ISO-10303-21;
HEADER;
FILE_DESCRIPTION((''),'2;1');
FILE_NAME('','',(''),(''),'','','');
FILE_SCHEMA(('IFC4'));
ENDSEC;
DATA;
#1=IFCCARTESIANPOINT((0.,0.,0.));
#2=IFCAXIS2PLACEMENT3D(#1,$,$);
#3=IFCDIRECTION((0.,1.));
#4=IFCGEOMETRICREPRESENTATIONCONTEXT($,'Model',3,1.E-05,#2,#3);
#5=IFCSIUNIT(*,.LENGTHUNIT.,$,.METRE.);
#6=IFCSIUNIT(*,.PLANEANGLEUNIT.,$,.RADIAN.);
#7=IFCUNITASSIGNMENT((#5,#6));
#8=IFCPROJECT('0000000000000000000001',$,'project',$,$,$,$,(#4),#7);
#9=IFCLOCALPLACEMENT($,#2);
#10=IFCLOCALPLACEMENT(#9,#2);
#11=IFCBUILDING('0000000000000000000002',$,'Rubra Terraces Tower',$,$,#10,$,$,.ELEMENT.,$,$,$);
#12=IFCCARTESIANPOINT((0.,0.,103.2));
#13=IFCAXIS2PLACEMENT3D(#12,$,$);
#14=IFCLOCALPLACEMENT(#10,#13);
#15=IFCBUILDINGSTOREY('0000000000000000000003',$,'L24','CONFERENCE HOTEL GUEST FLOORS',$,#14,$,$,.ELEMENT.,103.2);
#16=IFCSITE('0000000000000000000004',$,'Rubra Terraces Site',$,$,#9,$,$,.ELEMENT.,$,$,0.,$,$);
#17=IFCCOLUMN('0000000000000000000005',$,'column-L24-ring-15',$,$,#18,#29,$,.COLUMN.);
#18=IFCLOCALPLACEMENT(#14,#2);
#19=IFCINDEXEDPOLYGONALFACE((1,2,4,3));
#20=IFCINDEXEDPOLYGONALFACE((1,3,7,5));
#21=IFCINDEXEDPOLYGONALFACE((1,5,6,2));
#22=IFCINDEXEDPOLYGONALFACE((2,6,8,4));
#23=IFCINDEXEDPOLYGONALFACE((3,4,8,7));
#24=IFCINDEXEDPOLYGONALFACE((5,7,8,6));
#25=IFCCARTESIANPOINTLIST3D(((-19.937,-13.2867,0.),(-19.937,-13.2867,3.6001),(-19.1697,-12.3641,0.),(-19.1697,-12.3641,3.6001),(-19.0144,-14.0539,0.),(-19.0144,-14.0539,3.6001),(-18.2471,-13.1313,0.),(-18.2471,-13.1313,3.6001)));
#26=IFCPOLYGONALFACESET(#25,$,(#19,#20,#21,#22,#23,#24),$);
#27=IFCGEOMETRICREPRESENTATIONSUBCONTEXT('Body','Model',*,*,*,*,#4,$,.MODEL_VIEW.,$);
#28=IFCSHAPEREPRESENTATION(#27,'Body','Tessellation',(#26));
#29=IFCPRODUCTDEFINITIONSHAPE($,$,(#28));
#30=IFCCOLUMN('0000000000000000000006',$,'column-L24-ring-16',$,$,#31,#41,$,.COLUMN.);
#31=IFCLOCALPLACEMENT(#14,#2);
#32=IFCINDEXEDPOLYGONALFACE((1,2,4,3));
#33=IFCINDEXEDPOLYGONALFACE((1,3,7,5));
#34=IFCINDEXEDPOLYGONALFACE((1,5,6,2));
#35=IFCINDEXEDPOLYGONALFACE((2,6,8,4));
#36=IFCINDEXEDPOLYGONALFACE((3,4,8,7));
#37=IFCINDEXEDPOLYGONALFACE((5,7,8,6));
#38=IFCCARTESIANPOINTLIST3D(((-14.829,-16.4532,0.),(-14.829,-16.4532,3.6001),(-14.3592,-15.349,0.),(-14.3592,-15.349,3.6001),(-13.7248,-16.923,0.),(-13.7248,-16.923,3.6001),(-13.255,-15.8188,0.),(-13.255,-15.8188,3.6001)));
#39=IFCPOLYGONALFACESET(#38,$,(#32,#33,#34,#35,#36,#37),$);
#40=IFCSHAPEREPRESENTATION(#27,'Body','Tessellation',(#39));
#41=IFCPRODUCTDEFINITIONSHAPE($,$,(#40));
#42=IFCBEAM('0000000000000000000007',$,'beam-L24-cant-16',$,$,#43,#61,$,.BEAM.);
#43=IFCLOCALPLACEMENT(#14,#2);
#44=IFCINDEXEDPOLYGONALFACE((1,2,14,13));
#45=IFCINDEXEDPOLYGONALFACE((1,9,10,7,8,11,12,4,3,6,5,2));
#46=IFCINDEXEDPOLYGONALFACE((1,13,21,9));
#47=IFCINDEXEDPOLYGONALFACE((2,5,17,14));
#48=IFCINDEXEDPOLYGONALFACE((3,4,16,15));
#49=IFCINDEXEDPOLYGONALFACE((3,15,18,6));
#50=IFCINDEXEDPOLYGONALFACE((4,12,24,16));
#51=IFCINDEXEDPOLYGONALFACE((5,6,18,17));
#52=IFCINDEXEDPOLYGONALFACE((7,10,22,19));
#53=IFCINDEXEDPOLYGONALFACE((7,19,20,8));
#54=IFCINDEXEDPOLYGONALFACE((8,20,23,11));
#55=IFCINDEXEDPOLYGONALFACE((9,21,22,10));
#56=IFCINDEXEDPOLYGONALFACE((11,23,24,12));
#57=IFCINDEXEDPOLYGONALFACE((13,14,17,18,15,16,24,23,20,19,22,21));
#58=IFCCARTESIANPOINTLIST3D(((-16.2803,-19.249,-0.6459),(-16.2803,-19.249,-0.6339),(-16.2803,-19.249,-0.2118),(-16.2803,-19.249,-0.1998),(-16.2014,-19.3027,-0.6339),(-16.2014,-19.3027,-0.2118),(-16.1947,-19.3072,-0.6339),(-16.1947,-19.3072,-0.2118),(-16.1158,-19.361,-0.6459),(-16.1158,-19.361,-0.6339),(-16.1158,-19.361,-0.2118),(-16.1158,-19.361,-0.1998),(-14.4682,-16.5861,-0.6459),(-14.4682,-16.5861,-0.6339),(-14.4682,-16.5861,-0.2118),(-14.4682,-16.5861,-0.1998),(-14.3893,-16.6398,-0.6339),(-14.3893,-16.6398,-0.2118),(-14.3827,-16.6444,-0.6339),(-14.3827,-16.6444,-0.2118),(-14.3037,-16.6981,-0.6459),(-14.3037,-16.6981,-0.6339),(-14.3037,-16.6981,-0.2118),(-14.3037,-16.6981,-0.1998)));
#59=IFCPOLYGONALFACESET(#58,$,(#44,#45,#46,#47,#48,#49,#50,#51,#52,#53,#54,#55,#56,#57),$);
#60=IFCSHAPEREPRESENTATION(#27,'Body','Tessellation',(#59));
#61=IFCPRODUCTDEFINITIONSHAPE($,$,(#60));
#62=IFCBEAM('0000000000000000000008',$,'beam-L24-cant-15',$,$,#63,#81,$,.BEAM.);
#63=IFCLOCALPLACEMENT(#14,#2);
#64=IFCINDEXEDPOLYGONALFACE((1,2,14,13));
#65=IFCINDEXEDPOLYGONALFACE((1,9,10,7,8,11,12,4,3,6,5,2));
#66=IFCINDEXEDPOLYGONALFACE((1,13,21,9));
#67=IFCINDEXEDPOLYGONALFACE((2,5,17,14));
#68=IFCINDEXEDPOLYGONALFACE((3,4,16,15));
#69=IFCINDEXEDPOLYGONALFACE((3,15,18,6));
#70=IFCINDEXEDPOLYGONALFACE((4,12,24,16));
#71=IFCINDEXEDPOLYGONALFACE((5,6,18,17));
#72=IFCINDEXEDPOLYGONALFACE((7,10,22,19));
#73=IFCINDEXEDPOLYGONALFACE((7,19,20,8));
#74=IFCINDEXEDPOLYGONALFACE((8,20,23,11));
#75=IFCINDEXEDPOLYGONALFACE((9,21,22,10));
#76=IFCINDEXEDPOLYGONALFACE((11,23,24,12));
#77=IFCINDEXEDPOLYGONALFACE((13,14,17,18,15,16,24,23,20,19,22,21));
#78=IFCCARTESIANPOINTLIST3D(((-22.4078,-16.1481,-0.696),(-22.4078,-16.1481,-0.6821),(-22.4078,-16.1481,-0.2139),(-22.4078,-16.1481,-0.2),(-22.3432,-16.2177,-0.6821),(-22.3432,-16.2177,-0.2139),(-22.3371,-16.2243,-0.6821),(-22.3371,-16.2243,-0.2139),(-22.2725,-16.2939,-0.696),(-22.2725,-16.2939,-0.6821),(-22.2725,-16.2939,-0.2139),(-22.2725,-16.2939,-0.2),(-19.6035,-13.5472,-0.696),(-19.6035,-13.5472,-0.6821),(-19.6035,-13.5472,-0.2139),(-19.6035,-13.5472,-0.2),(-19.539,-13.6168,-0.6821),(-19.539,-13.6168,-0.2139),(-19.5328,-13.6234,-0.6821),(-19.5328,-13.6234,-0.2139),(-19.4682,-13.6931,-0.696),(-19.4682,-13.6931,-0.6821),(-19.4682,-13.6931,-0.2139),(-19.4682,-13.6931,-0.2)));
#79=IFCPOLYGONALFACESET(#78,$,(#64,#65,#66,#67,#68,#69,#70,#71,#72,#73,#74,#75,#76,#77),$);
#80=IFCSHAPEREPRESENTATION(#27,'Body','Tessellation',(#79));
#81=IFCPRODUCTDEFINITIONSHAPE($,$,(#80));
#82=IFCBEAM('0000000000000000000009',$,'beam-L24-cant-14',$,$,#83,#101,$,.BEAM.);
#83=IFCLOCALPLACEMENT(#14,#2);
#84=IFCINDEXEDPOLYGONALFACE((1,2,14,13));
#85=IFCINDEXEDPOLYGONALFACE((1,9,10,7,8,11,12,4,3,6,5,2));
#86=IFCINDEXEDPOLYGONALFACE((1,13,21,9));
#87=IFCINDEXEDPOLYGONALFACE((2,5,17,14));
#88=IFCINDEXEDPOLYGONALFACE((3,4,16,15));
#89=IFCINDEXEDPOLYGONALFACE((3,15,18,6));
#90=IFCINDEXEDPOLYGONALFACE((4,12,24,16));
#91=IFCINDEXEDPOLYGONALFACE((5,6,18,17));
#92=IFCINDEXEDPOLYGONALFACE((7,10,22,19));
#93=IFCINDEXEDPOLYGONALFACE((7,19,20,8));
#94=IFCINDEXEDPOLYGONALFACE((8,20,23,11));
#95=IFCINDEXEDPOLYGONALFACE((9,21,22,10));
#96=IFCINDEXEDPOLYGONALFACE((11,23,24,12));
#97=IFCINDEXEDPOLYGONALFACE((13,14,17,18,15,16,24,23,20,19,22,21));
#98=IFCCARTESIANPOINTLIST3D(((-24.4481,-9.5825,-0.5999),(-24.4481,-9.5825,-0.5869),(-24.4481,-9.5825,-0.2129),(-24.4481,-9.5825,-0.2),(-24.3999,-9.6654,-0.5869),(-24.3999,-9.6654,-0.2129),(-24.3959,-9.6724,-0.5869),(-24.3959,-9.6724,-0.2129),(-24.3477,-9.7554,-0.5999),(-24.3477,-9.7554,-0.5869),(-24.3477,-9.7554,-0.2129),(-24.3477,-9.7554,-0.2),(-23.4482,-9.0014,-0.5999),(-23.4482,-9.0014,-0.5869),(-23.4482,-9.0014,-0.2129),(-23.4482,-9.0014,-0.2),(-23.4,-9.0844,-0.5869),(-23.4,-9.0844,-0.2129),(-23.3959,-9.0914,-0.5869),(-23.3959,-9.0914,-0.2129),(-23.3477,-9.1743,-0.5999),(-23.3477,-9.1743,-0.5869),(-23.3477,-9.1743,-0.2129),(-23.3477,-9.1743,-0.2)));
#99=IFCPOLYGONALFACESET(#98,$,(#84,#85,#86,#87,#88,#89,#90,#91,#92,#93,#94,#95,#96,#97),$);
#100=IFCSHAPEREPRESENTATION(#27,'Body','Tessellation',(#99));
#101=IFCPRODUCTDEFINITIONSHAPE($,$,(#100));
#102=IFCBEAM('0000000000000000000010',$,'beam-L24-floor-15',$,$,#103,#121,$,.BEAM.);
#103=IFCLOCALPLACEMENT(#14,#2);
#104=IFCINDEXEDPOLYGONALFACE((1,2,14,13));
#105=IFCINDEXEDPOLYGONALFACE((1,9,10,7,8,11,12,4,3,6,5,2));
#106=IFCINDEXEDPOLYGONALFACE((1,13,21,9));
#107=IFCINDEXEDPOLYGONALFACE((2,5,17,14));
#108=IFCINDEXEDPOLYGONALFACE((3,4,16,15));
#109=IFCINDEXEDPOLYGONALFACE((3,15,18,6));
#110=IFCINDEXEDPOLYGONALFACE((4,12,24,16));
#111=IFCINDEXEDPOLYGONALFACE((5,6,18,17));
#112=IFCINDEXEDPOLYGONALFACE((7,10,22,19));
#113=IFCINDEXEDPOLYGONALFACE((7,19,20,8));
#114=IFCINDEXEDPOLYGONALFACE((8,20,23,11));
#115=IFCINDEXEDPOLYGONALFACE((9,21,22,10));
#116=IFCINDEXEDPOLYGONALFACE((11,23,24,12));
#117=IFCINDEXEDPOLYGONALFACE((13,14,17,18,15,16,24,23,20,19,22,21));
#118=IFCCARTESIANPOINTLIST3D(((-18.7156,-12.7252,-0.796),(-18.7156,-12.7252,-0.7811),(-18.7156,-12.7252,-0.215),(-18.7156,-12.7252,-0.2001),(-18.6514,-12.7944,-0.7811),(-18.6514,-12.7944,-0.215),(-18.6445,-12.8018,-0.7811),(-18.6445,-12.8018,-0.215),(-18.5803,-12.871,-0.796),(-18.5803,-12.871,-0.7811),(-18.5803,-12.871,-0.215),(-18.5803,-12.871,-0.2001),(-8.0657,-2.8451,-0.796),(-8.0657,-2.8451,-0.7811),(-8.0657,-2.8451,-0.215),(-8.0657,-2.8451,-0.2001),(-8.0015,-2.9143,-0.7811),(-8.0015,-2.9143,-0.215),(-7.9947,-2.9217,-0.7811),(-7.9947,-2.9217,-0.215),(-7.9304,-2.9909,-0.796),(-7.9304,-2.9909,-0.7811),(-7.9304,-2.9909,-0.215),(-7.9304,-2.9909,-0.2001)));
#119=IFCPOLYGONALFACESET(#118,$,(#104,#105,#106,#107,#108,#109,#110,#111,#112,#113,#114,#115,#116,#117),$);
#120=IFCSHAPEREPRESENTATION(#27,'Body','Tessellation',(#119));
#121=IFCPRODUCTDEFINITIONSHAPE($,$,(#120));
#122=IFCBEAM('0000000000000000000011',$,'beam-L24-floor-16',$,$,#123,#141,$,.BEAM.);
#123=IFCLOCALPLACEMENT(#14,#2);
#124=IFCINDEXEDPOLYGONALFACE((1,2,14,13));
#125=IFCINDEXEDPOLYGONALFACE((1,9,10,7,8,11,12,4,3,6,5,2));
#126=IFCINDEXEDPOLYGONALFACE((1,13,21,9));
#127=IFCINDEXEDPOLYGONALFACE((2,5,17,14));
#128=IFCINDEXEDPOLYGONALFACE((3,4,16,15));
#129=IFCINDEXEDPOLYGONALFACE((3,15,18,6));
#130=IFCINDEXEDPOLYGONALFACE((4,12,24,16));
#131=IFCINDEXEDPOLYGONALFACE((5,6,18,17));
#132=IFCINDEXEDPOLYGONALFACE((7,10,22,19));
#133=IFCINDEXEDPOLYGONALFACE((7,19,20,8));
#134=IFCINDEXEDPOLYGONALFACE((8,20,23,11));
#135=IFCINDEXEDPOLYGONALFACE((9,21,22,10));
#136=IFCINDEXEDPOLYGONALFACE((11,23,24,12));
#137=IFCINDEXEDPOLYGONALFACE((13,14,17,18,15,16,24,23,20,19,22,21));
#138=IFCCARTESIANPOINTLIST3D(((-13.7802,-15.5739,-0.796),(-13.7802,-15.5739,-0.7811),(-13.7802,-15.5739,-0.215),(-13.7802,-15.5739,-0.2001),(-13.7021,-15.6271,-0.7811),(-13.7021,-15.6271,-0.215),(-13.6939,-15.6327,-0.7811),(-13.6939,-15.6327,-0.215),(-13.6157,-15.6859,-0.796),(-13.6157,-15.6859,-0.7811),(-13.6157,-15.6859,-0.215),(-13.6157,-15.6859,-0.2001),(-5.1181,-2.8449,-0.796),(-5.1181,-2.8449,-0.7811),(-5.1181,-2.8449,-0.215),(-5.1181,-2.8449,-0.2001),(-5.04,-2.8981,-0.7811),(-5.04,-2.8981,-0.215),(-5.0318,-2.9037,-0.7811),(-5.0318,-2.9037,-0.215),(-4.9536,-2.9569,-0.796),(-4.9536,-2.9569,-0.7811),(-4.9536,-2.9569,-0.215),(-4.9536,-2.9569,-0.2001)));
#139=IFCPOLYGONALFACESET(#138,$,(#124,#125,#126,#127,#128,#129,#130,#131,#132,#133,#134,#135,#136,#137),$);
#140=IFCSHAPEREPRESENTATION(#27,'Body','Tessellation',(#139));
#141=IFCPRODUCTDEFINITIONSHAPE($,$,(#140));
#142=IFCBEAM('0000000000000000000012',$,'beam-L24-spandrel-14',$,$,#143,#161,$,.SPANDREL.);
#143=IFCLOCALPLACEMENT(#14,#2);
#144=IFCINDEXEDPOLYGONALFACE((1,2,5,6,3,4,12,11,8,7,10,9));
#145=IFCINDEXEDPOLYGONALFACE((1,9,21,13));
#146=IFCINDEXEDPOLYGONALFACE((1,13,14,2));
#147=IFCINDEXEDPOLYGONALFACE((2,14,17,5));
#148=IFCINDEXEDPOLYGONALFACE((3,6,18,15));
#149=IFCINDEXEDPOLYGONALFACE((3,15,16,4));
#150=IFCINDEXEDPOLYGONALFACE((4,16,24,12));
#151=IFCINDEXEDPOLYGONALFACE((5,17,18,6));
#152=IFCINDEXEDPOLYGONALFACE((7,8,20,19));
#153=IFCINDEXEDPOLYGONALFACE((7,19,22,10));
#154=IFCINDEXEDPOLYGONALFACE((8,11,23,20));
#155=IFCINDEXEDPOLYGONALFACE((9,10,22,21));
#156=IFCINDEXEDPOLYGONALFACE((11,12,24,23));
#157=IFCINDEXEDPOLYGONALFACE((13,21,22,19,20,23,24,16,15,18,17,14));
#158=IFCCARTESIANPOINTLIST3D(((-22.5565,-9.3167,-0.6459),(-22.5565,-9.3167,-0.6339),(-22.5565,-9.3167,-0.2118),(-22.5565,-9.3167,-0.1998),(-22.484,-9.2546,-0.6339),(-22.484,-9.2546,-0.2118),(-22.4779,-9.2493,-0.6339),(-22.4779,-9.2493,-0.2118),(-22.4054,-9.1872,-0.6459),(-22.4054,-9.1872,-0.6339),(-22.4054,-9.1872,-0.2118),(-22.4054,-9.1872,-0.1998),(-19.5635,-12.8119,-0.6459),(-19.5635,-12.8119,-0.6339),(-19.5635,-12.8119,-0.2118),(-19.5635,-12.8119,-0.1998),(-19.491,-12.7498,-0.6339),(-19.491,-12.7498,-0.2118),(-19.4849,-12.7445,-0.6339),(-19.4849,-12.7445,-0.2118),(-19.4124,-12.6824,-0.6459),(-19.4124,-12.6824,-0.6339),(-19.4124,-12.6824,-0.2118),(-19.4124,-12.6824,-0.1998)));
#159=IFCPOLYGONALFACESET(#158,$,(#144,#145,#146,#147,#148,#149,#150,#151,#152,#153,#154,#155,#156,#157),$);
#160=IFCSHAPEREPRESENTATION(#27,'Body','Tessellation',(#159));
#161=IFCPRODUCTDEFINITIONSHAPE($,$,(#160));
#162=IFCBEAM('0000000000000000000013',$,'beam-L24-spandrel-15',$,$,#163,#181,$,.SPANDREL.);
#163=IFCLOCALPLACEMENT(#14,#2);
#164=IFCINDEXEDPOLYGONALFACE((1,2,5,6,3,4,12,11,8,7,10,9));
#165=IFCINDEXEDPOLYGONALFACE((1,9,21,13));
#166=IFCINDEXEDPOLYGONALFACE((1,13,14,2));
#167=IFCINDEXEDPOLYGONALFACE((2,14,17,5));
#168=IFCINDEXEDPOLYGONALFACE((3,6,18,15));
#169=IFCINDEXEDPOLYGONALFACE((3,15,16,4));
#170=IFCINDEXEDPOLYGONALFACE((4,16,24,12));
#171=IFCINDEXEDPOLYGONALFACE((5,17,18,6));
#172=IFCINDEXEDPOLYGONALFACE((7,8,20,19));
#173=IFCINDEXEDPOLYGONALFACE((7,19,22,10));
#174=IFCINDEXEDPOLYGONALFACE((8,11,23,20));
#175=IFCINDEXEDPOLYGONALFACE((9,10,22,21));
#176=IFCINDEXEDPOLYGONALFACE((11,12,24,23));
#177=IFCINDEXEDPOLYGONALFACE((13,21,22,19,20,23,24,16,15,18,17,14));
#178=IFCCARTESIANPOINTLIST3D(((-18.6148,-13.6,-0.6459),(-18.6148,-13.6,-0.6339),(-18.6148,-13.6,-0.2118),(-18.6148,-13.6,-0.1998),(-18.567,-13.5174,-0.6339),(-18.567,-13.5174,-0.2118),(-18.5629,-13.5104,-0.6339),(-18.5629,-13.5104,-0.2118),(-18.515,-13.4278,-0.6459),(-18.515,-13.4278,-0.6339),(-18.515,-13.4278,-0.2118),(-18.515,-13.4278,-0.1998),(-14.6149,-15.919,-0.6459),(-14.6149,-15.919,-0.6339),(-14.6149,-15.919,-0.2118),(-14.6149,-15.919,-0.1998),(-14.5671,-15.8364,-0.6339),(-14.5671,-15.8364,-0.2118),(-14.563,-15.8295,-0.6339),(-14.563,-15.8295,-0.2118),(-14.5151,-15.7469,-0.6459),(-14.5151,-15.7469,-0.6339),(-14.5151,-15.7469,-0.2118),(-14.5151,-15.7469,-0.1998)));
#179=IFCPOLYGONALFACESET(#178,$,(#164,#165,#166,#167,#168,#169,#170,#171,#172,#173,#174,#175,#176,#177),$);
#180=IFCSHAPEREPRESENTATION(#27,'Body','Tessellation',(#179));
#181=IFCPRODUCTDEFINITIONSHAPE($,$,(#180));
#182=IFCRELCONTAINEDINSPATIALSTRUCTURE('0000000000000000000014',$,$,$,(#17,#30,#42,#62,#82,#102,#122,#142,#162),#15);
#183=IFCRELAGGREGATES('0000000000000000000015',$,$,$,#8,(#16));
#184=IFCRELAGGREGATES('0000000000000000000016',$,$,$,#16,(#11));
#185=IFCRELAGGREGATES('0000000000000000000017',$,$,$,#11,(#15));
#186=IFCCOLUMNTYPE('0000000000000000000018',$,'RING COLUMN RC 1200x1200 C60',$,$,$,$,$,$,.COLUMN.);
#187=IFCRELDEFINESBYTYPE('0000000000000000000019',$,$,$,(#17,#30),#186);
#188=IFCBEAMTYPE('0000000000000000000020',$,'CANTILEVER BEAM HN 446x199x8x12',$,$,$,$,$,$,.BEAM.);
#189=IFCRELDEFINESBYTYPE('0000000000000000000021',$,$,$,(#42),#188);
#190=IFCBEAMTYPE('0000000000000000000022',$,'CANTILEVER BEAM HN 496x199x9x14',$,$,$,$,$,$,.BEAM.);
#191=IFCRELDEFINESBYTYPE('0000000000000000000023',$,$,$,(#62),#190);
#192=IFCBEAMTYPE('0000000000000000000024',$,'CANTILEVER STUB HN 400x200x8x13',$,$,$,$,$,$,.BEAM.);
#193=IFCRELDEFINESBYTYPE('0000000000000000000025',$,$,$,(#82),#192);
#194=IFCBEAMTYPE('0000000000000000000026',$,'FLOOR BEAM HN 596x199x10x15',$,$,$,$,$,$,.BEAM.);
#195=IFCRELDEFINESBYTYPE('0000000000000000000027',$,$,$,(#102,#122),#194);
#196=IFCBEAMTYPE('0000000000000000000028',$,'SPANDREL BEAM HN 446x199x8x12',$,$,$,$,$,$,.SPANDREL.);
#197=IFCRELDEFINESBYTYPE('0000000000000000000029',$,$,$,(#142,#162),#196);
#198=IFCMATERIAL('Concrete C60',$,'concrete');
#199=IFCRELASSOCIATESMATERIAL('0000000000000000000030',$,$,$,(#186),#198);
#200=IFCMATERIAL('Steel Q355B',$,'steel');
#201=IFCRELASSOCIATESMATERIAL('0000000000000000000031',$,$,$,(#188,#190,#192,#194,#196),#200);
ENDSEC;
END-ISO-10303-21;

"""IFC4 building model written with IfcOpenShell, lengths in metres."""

from ifc_helpers import new_model, si_unit, direction, frame, origin, origin_2d, place, context, subcontext, project, spatial, rectangle, i_section, extrude, material, material_profile, profile_set, type_object, element, save


model = new_model("IFC4")

# Units and contexts
model_context = context("Model", 3, precision=1e-05, world=origin(), true_north=direction((0.0, 1.0)))
body_context = subcontext(model_context, "Body", "Model", "MODEL_VIEW")
ifc_project = project(units=[si_unit("LENGTHUNIT", "METRE"), si_unit("PLANEANGLEUNIT", "RADIAN")], contexts=[model_context])

# Site, building, storey
site_placement = place(None, origin())
site = spatial("IfcSite", under=ifc_project, at=site_placement, Name="Rubra Terraces Site", CompositionType="ELEMENT", RefElevation=0.0)
building_placement = place(site_placement, origin())
building = spatial("IfcBuilding", under=site, at=building_placement, Name="Rubra Terraces Tower", CompositionType="ELEMENT")
storey_placement = place(building_placement, frame((0.0, 0.0, 103.2)))
storey = spatial("IfcBuildingStorey", under=building, at=storey_placement, Name="L24", Description="CONFERENCE HOTEL GUEST FLOORS", CompositionType="ELEMENT", Elevation=103.2)

# Columns
ifc_material_1 = material(Name="Concrete C60", Category="concrete")
ifc_material_profile_1 = material_profile(ifc_material_1, rectangle(XDim=1.2, YDim=1.2, at=origin_2d()), Name="RC 1200x1200")
ifc_profile_set_1 = profile_set([ifc_material_profile_1], Name="Concrete C60")
column_type = type_object("IfcColumnType", Name="RING COLUMN RC 1200x1200 C60", PredefinedType="COLUMN", material=ifc_profile_set_1)
for number, where, z_axis, x_axis, name in (
    (1, (-19.092, -13.209, 0.0), (0.0, 0.0, 1.0), (0.76887, -0.639405, 0.0), "column-L24-ring-15"),
    (2, (-14.042, -16.136, 0.0), (0.0, 0.0, 1.0), (0.920168, -0.391524, 0.0), "column-L24-ring-16"),
):
    element("IfcColumn", number, at=place(storey_placement, frame(where, z_axis=z_axis, x_axis=x_axis)), inside=storey, type_object=column_type, Name=name, PredefinedType="COLUMN", context=body_context, shape_type="SweptSolid", body=[
        extrude(rectangle(XDim=1.2, YDim=1.2, at=origin_2d()), origin(), (0.0, 0.0, 1.0), 3.6001),
    ])

# Beams
ifc_material_2 = material(Name="Steel Q355B", Category="steel")
ifc_material_profile_2 = material_profile(ifc_material_2, i_section(OverallWidth=0.199, OverallDepth=0.446, WebThickness=0.0081, FlangeThickness=0.012, at=origin_2d()), Name="HN 446x199x8x12")
ifc_profile_set_2 = profile_set([ifc_material_profile_2], Name="Steel Q355B")
beam_type_1 = type_object("IfcBeamType", Name="CANTILEVER BEAM HN 446x199x8x12", PredefinedType="BEAM", material=ifc_profile_set_2)
beam_1_placement = place(storey_placement, frame((-14.386, -16.6421, -0.4229), z_axis=(-0.562582, -0.826742, 0.0), x_axis=(0.826742, -0.562582, 0.0)))
element("IfcBeam", 3, at=beam_1_placement, inside=storey, type_object=beam_type_1, Name="beam-L24-cant-16", PredefinedType="BEAM", context=body_context, shape_type="SweptSolid", body=[
    extrude(i_section(OverallWidth=0.199, OverallDepth=0.446, WebThickness=0.0081, FlangeThickness=0.012, at=origin_2d()), origin(), (0.0, 0.0, 1.0), 3.2209),
])
ifc_material_profile_3 = material_profile(ifc_material_2, i_section(OverallWidth=0.199, OverallDepth=0.4961, WebThickness=0.009, FlangeThickness=0.0139, at=origin_2d()), Name="HN 496x199x9x14")
ifc_profile_set_3 = profile_set([ifc_material_profile_3], Name="Steel Q355B")
beam_type_2 = type_object("IfcBeamType", Name="CANTILEVER BEAM HN 496x199x9x14", PredefinedType="BEAM", material=ifc_profile_set_3)
beam_2_placement = place(storey_placement, frame((-19.5359, -13.6201, -0.448), z_axis=(-0.733194, -0.68002, 0.0), x_axis=(0.68002, -0.733194, 0.0)))
element("IfcBeam", 4, at=beam_2_placement, inside=storey, type_object=beam_type_2, Name="beam-L24-cant-15", PredefinedType="BEAM", context=body_context, shape_type="SweptSolid", body=[
    extrude(i_section(OverallWidth=0.199, OverallDepth=0.4961, WebThickness=0.009, FlangeThickness=0.0139, at=origin_2d()), origin(), (0.0, 0.0, 1.0), 3.8247),
])
ifc_material_profile_4 = material_profile(ifc_material_2, i_section(OverallWidth=0.2, OverallDepth=0.3999, WebThickness=0.0081, FlangeThickness=0.0129, at=origin_2d()), Name="HN 400x200x8x13")
ifc_profile_set_4 = profile_set([ifc_material_profile_4], Name="Steel Q355B")
beam_type_3 = type_object("IfcBeamType", Name="CANTILEVER STUB HN 400x200x8x13", PredefinedType="BEAM", material=ifc_profile_set_4)
beam_3_placement = place(storey_placement, frame((-23.3979, -9.0879, -0.3999), z_axis=(-0.864635, -0.5024, 0.0), x_axis=(0.5024, -0.864635, 0.0)))
element("IfcBeam", 5, at=beam_3_placement, inside=storey, type_object=beam_type_3, Name="beam-L24-cant-14", PredefinedType="BEAM", context=body_context, shape_type="SweptSolid", body=[
    extrude(i_section(OverallWidth=0.2, OverallDepth=0.3999, WebThickness=0.0081, FlangeThickness=0.0129, at=origin_2d()), origin(), (0.0, 0.0, 1.0), 1.1565),
])
ifc_material_profile_5 = material_profile(ifc_material_2, i_section(OverallWidth=0.199, OverallDepth=0.5959, WebThickness=0.01, FlangeThickness=0.0149, at=origin_2d()), Name="HN 596x199x10x15")
ifc_profile_set_5 = profile_set([ifc_material_profile_5], Name="Steel Q355B")
beam_type_4 = type_object("IfcBeamType", Name="FLOOR BEAM HN 596x199x10x15", PredefinedType="BEAM", material=ifc_profile_set_5)
beam_4_placement = place(storey_placement, frame((-18.6479, -12.7981, -0.498), z_axis=(0.733105, 0.680116, 0.0), x_axis=(-0.680116, 0.733105, 0.0)))
element("IfcBeam", 6, at=beam_4_placement, inside=storey, type_object=beam_type_4, Name="beam-L24-floor-15", PredefinedType="BEAM", context=body_context, shape_type="SweptSolid", body=[
    extrude(i_section(OverallWidth=0.199, OverallDepth=0.5959, WebThickness=0.01, FlangeThickness=0.0149, at=origin_2d()), origin(), (0.0, 0.0, 1.0), 14.5271),
])
beam_5_placement = place(storey_placement, frame((-13.698, -15.6299, -0.498), z_axis=(0.562594, 0.826734, 0.0), x_axis=(-0.826734, 0.562594, 0.0)))
element("IfcBeam", 7, at=beam_5_placement, inside=storey, type_object=beam_type_4, Name="beam-L24-floor-16", PredefinedType="BEAM", context=body_context, shape_type="SweptSolid", body=[
    extrude(i_section(OverallWidth=0.199, OverallDepth=0.5959, WebThickness=0.01, FlangeThickness=0.0149, at=origin_2d()), origin(), (0.0, 0.0, 1.0), 15.3967),
])
ifc_material_profile_6 = material_profile(ifc_material_2, i_section(OverallWidth=0.199, OverallDepth=0.446, WebThickness=0.0081, FlangeThickness=0.012, at=origin_2d()), Name="HN 446x199x8x12")
ifc_profile_set_6 = profile_set([ifc_material_profile_6], Name="Steel Q355B")
beam_type_5 = type_object("IfcBeamType", Name="SPANDREL BEAM HN 446x199x8x12", PredefinedType="SPANDREL", material=ifc_profile_set_6)
beam_6_placement = place(storey_placement, frame((-22.481, -9.252, -0.4229), z_axis=(0.650429, -0.759567, 0.0), x_axis=(0.759567, 0.650429, 0.0)))
element("IfcBeam", 8, at=beam_6_placement, inside=storey, type_object=beam_type_5, Name="beam-L24-spandrel-14", PredefinedType="SPANDREL", context=body_context, shape_type="SweptSolid", body=[
    extrude(i_section(OverallWidth=0.199, OverallDepth=0.446, WebThickness=0.0081, FlangeThickness=0.012, at=origin_2d()), origin(), (0.0, 0.0, 1.0), 4.6016),
])
beam_7_placement = place(storey_placement, frame((-18.5649, -13.5139, -0.4229), z_axis=(0.865116, -0.501571, 0.0), x_axis=(0.501571, 0.865116, 0.0)))
element("IfcBeam", 9, at=beam_7_placement, inside=storey, type_object=beam_type_5, Name="beam-L24-spandrel-15", PredefinedType="SPANDREL", context=body_context, shape_type="SweptSolid", body=[
    extrude(i_section(OverallWidth=0.199, OverallDepth=0.446, WebThickness=0.0081, FlangeThickness=0.012, at=origin_2d()), origin(), (0.0, 0.0, 1.0), 4.6235),
])

save(model, "model.ifc")
